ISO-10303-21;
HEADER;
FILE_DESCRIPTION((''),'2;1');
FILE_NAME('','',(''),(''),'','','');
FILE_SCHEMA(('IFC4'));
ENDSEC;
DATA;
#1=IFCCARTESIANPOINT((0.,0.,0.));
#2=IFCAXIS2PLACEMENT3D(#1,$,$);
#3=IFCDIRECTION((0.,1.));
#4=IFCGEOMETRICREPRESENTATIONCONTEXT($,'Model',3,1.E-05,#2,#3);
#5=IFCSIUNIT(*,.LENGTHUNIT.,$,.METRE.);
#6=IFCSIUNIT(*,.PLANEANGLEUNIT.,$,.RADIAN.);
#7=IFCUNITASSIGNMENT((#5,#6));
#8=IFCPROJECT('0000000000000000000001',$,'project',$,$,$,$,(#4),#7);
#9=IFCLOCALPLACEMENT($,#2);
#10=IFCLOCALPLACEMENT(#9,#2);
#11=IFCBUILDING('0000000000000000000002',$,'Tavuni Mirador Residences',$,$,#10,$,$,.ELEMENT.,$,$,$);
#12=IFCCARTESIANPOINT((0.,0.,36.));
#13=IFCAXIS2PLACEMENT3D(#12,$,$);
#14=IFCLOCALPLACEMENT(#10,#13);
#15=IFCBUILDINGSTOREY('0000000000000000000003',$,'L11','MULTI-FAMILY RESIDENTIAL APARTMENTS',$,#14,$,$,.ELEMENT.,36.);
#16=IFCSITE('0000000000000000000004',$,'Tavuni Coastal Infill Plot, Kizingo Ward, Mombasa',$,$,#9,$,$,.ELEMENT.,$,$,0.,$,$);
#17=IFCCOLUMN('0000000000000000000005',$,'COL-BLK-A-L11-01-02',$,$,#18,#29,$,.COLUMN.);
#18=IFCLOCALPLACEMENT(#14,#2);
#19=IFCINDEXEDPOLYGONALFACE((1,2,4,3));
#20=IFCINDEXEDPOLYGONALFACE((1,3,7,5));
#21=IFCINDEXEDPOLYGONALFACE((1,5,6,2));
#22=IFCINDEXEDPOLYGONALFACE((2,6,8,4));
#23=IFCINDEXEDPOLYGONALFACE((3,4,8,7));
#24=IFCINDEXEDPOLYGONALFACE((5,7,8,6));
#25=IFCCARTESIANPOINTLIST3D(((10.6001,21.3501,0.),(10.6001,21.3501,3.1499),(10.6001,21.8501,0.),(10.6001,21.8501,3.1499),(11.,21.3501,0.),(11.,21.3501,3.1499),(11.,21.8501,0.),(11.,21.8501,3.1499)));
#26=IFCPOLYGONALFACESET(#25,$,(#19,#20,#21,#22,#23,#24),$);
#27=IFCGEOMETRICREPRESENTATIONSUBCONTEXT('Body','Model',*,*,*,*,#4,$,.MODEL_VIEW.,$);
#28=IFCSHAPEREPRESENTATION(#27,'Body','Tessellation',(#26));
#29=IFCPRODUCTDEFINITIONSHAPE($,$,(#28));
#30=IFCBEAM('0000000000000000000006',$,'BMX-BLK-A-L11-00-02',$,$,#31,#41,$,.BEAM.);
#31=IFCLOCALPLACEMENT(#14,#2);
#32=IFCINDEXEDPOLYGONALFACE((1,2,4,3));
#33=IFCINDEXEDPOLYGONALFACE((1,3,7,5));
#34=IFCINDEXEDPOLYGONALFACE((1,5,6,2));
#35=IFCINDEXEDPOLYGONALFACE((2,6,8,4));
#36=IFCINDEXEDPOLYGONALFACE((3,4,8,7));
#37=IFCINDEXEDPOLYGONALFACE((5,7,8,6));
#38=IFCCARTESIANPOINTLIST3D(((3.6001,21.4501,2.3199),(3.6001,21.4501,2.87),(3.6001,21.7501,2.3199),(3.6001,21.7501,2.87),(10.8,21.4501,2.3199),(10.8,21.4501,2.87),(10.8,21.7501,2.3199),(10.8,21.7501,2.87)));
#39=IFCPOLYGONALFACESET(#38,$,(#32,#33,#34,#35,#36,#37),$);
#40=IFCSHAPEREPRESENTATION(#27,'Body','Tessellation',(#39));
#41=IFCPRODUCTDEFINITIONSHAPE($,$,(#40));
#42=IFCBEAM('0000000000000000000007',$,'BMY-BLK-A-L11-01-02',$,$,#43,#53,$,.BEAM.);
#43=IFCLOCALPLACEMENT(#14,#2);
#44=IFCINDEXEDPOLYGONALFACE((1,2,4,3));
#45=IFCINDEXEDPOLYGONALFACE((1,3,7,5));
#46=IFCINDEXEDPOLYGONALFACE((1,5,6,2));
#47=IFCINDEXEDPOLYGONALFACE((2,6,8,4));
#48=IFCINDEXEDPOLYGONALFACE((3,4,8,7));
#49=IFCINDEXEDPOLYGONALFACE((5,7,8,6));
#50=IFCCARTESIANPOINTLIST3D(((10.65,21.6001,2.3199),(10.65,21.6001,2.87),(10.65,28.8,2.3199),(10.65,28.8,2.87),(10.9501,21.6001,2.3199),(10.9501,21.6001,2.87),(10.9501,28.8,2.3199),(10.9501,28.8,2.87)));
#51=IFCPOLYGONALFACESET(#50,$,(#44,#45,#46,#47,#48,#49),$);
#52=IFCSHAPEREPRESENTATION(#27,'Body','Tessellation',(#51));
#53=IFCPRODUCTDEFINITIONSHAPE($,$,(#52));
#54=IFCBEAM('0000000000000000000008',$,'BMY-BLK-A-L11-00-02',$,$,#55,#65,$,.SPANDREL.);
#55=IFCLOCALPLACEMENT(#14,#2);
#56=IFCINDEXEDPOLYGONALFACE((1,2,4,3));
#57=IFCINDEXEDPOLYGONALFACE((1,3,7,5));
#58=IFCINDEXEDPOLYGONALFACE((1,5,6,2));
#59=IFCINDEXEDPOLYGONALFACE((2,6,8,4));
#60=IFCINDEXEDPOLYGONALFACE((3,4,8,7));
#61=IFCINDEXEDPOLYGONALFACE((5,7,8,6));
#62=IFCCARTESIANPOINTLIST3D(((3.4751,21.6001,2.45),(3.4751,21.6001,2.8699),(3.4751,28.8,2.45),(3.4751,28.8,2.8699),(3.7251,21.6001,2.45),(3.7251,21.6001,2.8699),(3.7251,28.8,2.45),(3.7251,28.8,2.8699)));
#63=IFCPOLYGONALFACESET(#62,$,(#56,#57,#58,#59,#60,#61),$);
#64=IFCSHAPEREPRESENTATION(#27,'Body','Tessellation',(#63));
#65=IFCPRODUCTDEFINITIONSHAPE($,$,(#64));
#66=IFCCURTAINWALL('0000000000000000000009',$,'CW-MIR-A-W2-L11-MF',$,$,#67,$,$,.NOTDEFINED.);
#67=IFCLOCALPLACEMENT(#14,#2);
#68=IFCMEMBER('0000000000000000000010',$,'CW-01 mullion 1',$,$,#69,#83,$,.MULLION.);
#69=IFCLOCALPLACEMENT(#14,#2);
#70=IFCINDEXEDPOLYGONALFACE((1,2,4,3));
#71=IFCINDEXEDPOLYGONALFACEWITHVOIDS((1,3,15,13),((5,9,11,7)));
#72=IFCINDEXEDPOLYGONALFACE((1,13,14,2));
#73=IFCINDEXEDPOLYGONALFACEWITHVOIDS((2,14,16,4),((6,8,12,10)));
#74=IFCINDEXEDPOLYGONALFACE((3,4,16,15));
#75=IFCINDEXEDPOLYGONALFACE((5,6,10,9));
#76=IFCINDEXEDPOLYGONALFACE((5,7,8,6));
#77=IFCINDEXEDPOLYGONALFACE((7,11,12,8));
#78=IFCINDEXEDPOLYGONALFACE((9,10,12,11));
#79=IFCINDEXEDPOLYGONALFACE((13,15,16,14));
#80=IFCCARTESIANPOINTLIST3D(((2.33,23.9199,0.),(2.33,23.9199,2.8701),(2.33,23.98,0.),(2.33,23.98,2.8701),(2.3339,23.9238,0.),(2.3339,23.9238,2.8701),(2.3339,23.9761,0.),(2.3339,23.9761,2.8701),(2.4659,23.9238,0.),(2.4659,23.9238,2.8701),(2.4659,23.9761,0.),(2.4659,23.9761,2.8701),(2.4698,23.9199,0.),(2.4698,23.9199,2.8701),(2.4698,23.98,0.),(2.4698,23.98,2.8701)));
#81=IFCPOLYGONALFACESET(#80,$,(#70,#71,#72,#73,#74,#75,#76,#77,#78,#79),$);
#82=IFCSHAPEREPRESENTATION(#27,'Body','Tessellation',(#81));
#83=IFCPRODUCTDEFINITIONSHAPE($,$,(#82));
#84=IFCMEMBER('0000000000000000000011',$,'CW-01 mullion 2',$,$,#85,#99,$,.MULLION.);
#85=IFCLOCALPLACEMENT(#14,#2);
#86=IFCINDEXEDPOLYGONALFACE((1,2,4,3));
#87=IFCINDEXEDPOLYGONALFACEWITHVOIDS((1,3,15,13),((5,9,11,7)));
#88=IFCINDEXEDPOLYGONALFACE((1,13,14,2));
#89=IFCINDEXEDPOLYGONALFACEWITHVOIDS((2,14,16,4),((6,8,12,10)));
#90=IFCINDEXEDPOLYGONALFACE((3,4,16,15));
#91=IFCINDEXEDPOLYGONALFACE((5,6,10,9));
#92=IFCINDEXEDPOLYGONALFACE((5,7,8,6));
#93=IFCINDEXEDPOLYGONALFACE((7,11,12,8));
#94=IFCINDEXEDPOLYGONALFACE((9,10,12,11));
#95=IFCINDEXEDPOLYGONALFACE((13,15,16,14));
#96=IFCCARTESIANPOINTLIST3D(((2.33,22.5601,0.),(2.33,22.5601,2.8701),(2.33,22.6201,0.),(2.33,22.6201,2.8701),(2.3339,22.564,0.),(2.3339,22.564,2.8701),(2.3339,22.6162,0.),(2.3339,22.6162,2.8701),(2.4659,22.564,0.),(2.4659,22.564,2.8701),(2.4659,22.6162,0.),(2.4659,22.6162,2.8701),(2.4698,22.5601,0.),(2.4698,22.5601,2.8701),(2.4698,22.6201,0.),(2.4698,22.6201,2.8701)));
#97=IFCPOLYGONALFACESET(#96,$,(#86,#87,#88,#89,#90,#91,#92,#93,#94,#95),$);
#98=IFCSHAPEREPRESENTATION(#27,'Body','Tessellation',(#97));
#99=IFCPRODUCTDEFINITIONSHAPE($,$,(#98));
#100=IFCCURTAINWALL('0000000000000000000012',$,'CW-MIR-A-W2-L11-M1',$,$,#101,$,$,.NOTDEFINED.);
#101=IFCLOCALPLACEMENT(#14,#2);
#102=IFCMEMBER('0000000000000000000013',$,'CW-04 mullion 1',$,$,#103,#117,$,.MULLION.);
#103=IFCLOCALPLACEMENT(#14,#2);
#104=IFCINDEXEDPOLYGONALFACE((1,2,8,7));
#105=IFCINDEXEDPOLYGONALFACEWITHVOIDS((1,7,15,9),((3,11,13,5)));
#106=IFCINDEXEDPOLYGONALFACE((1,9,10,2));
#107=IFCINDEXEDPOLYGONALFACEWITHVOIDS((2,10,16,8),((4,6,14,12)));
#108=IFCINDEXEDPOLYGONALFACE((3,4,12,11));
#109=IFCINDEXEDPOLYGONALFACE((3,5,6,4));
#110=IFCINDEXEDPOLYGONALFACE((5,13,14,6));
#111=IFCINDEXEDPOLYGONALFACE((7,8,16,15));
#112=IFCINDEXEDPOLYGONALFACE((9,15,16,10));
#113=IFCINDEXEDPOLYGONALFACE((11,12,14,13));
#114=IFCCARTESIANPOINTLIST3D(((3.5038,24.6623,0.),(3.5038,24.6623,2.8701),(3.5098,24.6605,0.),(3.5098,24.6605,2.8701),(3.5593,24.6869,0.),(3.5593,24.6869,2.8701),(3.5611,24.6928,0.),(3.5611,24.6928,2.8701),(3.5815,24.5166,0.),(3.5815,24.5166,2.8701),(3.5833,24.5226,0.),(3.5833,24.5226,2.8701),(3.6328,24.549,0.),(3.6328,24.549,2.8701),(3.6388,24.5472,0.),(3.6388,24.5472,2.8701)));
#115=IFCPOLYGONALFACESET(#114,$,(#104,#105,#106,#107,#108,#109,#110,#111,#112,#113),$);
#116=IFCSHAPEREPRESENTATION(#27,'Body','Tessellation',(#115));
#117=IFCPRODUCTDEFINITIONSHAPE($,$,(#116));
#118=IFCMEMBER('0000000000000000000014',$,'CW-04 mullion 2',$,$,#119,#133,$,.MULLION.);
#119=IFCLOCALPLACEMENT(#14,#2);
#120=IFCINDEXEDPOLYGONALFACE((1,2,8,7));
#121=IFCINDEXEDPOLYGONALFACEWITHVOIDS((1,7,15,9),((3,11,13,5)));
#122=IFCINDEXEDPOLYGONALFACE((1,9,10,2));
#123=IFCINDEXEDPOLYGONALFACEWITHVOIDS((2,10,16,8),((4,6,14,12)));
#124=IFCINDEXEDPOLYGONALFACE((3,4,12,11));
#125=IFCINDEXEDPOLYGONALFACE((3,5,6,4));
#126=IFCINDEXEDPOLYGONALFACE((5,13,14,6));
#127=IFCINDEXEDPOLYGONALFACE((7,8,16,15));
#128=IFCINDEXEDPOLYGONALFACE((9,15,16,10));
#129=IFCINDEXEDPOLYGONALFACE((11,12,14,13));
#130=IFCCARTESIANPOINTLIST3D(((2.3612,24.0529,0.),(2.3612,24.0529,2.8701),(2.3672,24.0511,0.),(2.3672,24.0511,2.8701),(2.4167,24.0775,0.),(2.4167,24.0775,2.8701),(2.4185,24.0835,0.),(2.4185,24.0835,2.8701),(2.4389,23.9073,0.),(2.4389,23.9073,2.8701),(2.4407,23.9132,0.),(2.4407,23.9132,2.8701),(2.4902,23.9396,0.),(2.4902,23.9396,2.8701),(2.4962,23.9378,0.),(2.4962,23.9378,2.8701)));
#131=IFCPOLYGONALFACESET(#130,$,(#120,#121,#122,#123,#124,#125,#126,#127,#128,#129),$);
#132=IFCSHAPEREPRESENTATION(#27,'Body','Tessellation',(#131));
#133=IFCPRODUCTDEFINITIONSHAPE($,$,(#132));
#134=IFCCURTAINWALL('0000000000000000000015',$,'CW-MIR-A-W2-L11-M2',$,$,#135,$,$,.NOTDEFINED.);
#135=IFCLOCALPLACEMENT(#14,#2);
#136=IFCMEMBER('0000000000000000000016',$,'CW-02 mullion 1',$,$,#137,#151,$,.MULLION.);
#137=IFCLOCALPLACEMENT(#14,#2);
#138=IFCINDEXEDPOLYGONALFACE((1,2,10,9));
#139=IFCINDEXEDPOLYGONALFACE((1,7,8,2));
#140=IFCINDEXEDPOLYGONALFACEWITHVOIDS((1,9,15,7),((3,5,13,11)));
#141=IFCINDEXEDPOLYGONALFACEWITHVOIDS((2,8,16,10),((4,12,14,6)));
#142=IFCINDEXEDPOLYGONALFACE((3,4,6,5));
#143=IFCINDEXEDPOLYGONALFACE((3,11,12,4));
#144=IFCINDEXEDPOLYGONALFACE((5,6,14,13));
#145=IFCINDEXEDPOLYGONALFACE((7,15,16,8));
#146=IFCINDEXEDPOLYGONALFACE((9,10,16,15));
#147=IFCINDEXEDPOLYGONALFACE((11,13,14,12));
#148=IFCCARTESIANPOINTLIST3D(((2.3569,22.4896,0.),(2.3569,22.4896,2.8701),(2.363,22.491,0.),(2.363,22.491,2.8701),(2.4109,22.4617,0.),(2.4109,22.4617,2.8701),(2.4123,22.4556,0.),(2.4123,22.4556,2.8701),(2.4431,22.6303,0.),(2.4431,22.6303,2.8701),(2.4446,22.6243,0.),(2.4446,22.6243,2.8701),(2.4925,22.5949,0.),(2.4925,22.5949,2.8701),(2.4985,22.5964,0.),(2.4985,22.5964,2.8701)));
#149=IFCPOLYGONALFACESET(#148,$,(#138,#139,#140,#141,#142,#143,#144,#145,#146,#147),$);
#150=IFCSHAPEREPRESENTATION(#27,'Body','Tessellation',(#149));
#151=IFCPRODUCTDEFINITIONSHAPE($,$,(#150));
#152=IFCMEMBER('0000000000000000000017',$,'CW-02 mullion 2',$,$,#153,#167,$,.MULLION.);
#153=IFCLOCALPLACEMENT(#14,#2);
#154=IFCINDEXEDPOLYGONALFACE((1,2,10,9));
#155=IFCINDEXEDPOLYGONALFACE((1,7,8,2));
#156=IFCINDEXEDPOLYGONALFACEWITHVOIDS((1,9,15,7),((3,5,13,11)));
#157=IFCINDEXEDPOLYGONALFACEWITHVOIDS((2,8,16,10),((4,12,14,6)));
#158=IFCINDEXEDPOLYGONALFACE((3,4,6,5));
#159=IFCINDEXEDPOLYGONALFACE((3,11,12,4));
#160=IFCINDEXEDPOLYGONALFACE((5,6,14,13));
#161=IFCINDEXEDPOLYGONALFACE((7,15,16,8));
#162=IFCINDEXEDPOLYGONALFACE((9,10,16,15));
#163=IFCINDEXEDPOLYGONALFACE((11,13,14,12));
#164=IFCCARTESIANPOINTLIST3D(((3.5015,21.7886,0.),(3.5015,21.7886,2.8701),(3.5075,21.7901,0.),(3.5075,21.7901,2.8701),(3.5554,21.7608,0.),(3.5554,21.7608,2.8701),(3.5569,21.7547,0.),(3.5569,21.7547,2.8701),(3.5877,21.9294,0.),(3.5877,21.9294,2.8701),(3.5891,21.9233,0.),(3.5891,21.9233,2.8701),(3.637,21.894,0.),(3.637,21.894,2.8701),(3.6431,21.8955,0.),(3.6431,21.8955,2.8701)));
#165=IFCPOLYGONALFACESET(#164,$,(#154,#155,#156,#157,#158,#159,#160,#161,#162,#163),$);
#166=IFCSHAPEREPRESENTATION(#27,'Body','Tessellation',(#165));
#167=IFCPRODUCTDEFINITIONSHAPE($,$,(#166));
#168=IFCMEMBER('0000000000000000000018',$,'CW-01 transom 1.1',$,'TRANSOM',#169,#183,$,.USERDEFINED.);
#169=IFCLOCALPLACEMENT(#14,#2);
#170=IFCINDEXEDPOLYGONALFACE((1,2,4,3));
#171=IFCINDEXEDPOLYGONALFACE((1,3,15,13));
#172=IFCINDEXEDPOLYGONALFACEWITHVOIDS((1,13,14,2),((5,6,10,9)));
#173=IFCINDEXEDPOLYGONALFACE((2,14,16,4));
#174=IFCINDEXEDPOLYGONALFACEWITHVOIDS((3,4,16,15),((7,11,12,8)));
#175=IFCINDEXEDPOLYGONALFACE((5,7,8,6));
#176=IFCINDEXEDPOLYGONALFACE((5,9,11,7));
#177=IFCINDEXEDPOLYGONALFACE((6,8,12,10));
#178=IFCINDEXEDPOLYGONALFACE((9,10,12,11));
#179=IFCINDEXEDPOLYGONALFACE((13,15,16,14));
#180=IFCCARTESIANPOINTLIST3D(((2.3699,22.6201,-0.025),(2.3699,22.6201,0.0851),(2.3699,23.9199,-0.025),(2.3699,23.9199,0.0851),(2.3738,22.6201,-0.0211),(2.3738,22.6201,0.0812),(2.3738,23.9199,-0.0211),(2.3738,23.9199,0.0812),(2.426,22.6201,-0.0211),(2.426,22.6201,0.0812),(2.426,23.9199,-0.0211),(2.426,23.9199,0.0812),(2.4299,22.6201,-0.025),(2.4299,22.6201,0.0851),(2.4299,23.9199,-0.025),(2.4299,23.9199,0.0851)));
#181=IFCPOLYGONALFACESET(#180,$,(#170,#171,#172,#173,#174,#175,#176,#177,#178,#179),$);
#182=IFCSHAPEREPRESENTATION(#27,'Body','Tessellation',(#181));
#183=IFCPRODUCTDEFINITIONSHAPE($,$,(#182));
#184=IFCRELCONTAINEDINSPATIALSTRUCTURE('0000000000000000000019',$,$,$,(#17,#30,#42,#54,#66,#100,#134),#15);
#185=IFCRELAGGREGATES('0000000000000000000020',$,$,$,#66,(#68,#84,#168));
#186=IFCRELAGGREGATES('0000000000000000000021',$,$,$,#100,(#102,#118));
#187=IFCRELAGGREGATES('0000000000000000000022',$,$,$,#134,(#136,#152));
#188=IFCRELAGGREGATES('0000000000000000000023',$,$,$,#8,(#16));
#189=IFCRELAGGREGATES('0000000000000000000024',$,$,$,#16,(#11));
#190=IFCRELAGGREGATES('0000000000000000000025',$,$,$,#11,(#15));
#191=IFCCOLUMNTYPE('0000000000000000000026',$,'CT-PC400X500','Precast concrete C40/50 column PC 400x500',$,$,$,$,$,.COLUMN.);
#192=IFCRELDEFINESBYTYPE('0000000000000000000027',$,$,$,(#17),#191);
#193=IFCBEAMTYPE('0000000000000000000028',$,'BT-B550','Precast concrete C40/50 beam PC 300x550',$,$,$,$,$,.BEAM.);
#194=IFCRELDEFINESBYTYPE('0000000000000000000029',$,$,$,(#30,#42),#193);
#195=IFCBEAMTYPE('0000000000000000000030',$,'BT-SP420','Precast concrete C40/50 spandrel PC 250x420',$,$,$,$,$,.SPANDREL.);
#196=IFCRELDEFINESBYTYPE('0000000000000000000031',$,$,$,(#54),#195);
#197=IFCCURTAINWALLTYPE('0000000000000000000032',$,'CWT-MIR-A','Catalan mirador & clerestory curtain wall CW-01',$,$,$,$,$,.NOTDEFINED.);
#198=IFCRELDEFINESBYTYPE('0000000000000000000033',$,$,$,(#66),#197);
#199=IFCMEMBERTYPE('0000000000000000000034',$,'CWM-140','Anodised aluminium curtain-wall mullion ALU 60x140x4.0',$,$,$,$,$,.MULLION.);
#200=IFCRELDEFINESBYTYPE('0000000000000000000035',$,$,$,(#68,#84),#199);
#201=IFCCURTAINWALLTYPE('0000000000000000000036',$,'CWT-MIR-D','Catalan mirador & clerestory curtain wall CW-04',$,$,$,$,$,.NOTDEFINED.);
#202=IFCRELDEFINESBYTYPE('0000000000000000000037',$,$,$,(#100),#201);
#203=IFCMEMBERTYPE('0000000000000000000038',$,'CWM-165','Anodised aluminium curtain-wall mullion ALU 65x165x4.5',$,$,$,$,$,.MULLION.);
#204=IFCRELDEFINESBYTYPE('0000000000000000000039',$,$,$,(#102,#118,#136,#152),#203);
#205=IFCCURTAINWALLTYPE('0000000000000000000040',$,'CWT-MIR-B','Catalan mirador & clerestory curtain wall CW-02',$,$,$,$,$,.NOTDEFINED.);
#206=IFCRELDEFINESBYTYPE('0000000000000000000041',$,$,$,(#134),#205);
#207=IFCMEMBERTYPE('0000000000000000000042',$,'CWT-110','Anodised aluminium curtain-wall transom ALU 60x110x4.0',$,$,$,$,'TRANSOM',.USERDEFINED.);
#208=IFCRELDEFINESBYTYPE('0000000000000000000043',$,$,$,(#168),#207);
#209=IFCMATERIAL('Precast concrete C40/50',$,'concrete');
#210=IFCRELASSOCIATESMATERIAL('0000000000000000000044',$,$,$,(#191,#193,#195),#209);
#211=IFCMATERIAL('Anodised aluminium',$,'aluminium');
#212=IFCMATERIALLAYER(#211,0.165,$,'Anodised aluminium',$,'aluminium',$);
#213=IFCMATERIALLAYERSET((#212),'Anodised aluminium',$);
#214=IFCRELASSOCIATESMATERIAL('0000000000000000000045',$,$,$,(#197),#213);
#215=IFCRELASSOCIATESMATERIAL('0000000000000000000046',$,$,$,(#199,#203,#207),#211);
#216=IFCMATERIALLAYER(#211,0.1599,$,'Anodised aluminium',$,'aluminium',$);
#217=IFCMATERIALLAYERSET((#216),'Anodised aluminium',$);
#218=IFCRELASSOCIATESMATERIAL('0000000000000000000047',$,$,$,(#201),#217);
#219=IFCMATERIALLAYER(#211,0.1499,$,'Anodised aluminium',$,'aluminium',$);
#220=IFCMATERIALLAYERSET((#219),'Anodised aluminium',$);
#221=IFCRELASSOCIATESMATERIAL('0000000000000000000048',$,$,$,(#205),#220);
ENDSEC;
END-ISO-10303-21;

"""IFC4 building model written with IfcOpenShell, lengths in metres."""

from ifc_helpers import new_model, si_unit, direction, frame, origin, origin_2d, place, context, subcontext, project, spatial, rectangle, hollow_rectangle, extrude, material, layer, layer_set, material_profile, profile_set, type_object, element, aggregate, save


model = new_model("IFC4")

# Units and contexts
model_context = context("Model", 3, precision=1e-05, world=origin(), true_north=direction((0.0, 1.0)))
body_context = subcontext(model_context, "Body", "Model", "MODEL_VIEW")
ifc_project = project(units=[si_unit("LENGTHUNIT", "METRE"), si_unit("PLANEANGLEUNIT", "RADIAN")], contexts=[model_context])

# Site, building, storey
site_placement = place(None, origin())
site = spatial("IfcSite", under=ifc_project, at=site_placement, Name="Tavuni Coastal Infill Plot, Kizingo Ward, Mombasa", CompositionType="ELEMENT", RefElevation=0.0)
building_placement = place(site_placement, origin())
building = spatial("IfcBuilding", under=site, at=building_placement, Name="Tavuni Mirador Residences", CompositionType="ELEMENT")
storey_placement = place(building_placement, frame((0.0, 0.0, 36.0)))
storey = spatial("IfcBuildingStorey", under=building, at=storey_placement, Name="L11", Description="MULTI-FAMILY RESIDENTIAL APARTMENTS", CompositionType="ELEMENT", Elevation=36.0)

# Column
ifc_material_1 = material(Name="Precast concrete C40/50", Category="concrete")
ifc_material_profile_1 = material_profile(ifc_material_1, rectangle(XDim=0.3999, YDim=0.5, at=origin_2d()), Name="PC 400x500", Category="concrete")
ifc_profile_set_1 = profile_set([ifc_material_profile_1], Name="Precast concrete C40/50")
column_type = type_object("IfcColumnType", Name="CT-PC400X500", Description="Precast concrete C40/50 column PC 400x500", PredefinedType="COLUMN", material=ifc_profile_set_1)
column_placement = place(storey_placement, frame((10.8, 21.6001, 0.0), z_axis=(0.0, 0.0, 1.0), x_axis=(1.0, 0.0, 0.0)))
element("IfcColumn", 1, at=column_placement, inside=storey, type_object=column_type, Name="COL-BLK-A-L11-01-02", PredefinedType="COLUMN", context=body_context, shape_type="SweptSolid", body=[
    extrude(rectangle(XDim=0.3999, YDim=0.5, at=origin_2d()), origin(), (0.0, 0.0, 1.0), 3.1499),
])

# Beams
ifc_material_profile_2 = material_profile(ifc_material_1, rectangle(XDim=0.3, YDim=0.55, at=origin_2d()), Name="PC 300x550", Category="concrete")
ifc_profile_set_2 = profile_set([ifc_material_profile_2], Name="Precast concrete C40/50")
beam_type_1 = type_object("IfcBeamType", Name="BT-B550", Description="Precast concrete C40/50 beam PC 300x550", PredefinedType="BEAM", material=ifc_profile_set_2)
for number, where, z_axis, x_axis, name in (
    (2, (3.6001, 21.6001, 2.595), (1.0, 0.0, 0.0), (0.0, 1.0, 0.0), "BMX-BLK-A-L11-00-02"),
    (3, (10.8, 21.6001, 2.595), (0.0, 1.0, 0.0), (-1.0, 0.0, 0.0), "BMY-BLK-A-L11-01-02"),
):
    element("IfcBeam", number, at=place(storey_placement, frame(where, z_axis=z_axis, x_axis=x_axis)), inside=storey, type_object=beam_type_1, Name=name, PredefinedType="BEAM", context=body_context, shape_type="SweptSolid", body=[
        extrude(rectangle(XDim=0.3, YDim=0.55, at=origin_2d()), origin(), (0.0, 0.0, 1.0), 7.2),
    ])
ifc_material_profile_3 = material_profile(ifc_material_1, rectangle(XDim=0.25, YDim=0.4199, at=origin_2d()), Name="PC 250x420", Category="concrete")
ifc_profile_set_3 = profile_set([ifc_material_profile_3], Name="Precast concrete C40/50")
beam_type_2 = type_object("IfcBeamType", Name="BT-SP420", Description="Precast concrete C40/50 spandrel PC 250x420", PredefinedType="SPANDREL", material=ifc_profile_set_3)
beam_placement = place(storey_placement, frame((3.6001, 21.6001, 2.6599), z_axis=(0.0, 1.0, 0.0), x_axis=(-1.0, 0.0, 0.0)))
element("IfcBeam", 4, at=beam_placement, inside=storey, type_object=beam_type_2, Name="BMY-BLK-A-L11-00-02", PredefinedType="SPANDREL", context=body_context, shape_type="SweptSolid", body=[
    extrude(rectangle(XDim=0.25, YDim=0.4199, at=origin_2d()), origin(), (0.0, 0.0, 1.0), 7.2),
])

# Curtain walls, members
ifc_material_2 = material(Name="Anodised aluminium", Category="aluminium")
ifc_layer_1 = layer(ifc_material_2, 0.165, Name="Anodised aluminium", Category="aluminium")
ifc_layer_set_1 = layer_set([ifc_layer_1], Name="Anodised aluminium")
curtain_wall_type_1 = type_object("IfcCurtainWallType", Name="CWT-MIR-A", Description="Catalan mirador & clerestory curtain wall CW-01", PredefinedType="NOTDEFINED", material=ifc_layer_set_1)
curtain_wall_1_placement = place(storey_placement, origin())
curtain_wall_1 = element("IfcCurtainWall", 5, at=curtain_wall_1_placement, inside=storey, type_object=curtain_wall_type_1, Name="CW-MIR-A-W2-L11-MF", PredefinedType="NOTDEFINED")
ifc_material_profile_4 = material_profile(ifc_material_2, hollow_rectangle(XDim=0.0601, YDim=0.1399, WallThickness=0.0039, at=origin_2d()), Name="ALU 60x140x4.0", Category="aluminium")
ifc_profile_set_4 = profile_set([ifc_material_profile_4], Name="Anodised aluminium")
member_type_1 = type_object("IfcMemberType", Name="CWM-140", Description="Anodised aluminium curtain-wall mullion ALU 60x140x4.0", PredefinedType="MULLION", material=ifc_profile_set_4)
member_1_placement = place(storey_placement, frame((2.3999, 23.95, 0.0), z_axis=(0.0, 0.0, 1.0), x_axis=(0.0, -1.0, 0.0)))
member_1 = element("IfcMember", 6, at=member_1_placement, type_object=member_type_1, Name="CW-01 mullion 1", PredefinedType="MULLION", context=body_context, shape_type="SweptSolid", body=[
    extrude(hollow_rectangle(XDim=0.0601, YDim=0.1399, WallThickness=0.0039, at=origin_2d()), origin(), (0.0, 0.0, 1.0), 2.8701),
])
member_2_placement = place(storey_placement, frame((2.3999, 22.5901, 0.0), z_axis=(0.0, 0.0, 1.0), x_axis=(0.0, -1.0, 0.0)))
member_2 = element("IfcMember", 7, at=member_2_placement, type_object=member_type_1, Name="CW-01 mullion 2", PredefinedType="MULLION", context=body_context, shape_type="SweptSolid", body=[
    extrude(hollow_rectangle(XDim=0.0601, YDim=0.1399, WallThickness=0.0039, at=origin_2d()), origin(), (0.0, 0.0, 1.0), 2.8701),
])
ifc_layer_2 = layer(ifc_material_2, 0.1599, Name="Anodised aluminium", Category="aluminium")
ifc_layer_set_2 = layer_set([ifc_layer_2], Name="Anodised aluminium")
curtain_wall_type_2 = type_object("IfcCurtainWallType", Name="CWT-MIR-D", Description="Catalan mirador & clerestory curtain wall CW-04", PredefinedType="NOTDEFINED", material=ifc_layer_set_2)
curtain_wall_2_placement = place(storey_placement, origin())
curtain_wall_2 = element("IfcCurtainWall", 8, at=curtain_wall_2_placement, inside=storey, type_object=curtain_wall_type_2, Name="CW-MIR-A-W2-L11-M1", PredefinedType="NOTDEFINED")
ifc_material_profile_5 = material_profile(ifc_material_2, hollow_rectangle(XDim=0.0649, YDim=0.165, WallThickness=0.0044, at=origin_2d()), Name="ALU 65x165x4.5", Category="aluminium")
ifc_profile_set_5 = profile_set([ifc_material_profile_5], Name="Anodised aluminium")
member_type_2 = type_object("IfcMemberType", Name="CWM-165", Description="Anodised aluminium curtain-wall mullion ALU 65x165x4.5", PredefinedType="MULLION", material=ifc_profile_set_5)
member_3_placement = place(storey_placement, frame((3.5713, 24.6047, 0.0), z_axis=(0.0, 0.0, 1.0), x_axis=(-0.882353, -0.470588, 0.0)))
member_3 = element("IfcMember", 9, at=member_3_placement, type_object=member_type_2, Name="CW-04 mullion 1", PredefinedType="MULLION", context=body_context, shape_type="SweptSolid", body=[
    extrude(hollow_rectangle(XDim=0.0649, YDim=0.165, WallThickness=0.0044, at=origin_2d()), origin(), (0.0, 0.0, 1.0), 2.8701),
])
member_4_placement = place(storey_placement, frame((2.4287, 23.9954, 0.0), z_axis=(0.0, 0.0, 1.0), x_axis=(-0.882353, -0.470588, 0.0)))
member_4 = element("IfcMember", 10, at=member_4_placement, type_object=member_type_2, Name="CW-04 mullion 2", PredefinedType="MULLION", context=body_context, shape_type="SweptSolid", body=[
    extrude(hollow_rectangle(XDim=0.0649, YDim=0.165, WallThickness=0.0044, at=origin_2d()), origin(), (0.0, 0.0, 1.0), 2.8701),
])
ifc_layer_3 = layer(ifc_material_2, 0.1499, Name="Anodised aluminium", Category="aluminium")
ifc_layer_set_3 = layer_set([ifc_layer_3], Name="Anodised aluminium")
curtain_wall_type_3 = type_object("IfcCurtainWallType", Name="CWT-MIR-B", Description="Catalan mirador & clerestory curtain wall CW-02", PredefinedType="NOTDEFINED", material=ifc_layer_set_3)
curtain_wall_3_placement = place(storey_placement, origin())
curtain_wall_3 = element("IfcCurtainWall", 11, at=curtain_wall_3_placement, inside=storey, type_object=curtain_wall_type_3, Name="CW-MIR-A-W2-L11-M2", PredefinedType="NOTDEFINED")
member_5_placement = place(storey_placement, frame((2.4277, 22.543, 0.0), z_axis=(0.0, 0.0, 1.0), x_axis=(0.852754, -0.522312, 0.0)))
member_5 = element("IfcMember", 12, at=member_5_placement, type_object=member_type_2, Name="CW-02 mullion 1", PredefinedType="MULLION", context=body_context, shape_type="SweptSolid", body=[
    extrude(hollow_rectangle(XDim=0.0649, YDim=0.165, WallThickness=0.0044, at=origin_2d()), origin(), (0.0, 0.0, 1.0), 2.8701),
])
member_6_placement = place(storey_placement, frame((3.5723, 21.842, 0.0), z_axis=(0.0, 0.0, 1.0), x_axis=(0.852754, -0.522312, 0.0)))
member_6 = element("IfcMember", 13, at=member_6_placement, type_object=member_type_2, Name="CW-02 mullion 2", PredefinedType="MULLION", context=body_context, shape_type="SweptSolid", body=[
    extrude(hollow_rectangle(XDim=0.0649, YDim=0.165, WallThickness=0.0044, at=origin_2d()), origin(), (0.0, 0.0, 1.0), 2.8701),
])

# Member
ifc_material_profile_6 = material_profile(ifc_material_2, hollow_rectangle(XDim=0.0601, YDim=0.1101, WallThickness=0.0039, at=origin_2d()), Name="ALU 60x110x4.0", Category="aluminium")
ifc_profile_set_6 = profile_set([ifc_material_profile_6], Name="Anodised aluminium")
member_type_3 = type_object("IfcMemberType", Name="CWT-110", Description="Anodised aluminium curtain-wall transom ALU 60x110x4.0", ElementType="TRANSOM", PredefinedType="USERDEFINED", material=ifc_profile_set_6)
member_7_placement = place(storey_placement, frame((2.3999, 23.9199, 0.03), z_axis=(0.0, -1.0, 0.0), x_axis=(1.0, 0.0, 0.0)))
member_7 = element("IfcMember", 14, at=member_7_placement, type_object=member_type_3, Name="CW-01 transom 1.1", ObjectType="TRANSOM", PredefinedType="USERDEFINED", context=body_context, shape_type="SweptSolid", body=[
    extrude(hollow_rectangle(XDim=0.0601, YDim=0.1101, WallThickness=0.0039, at=origin_2d()), origin(), (0.0, 0.0, 1.0), 1.2998),
])

aggregate(curtain_wall_1, [member_1, member_2, member_7])
aggregate(curtain_wall_2, [member_3, member_4])
aggregate(curtain_wall_3, [member_5, member_6])

save(model, "model.ifc")
